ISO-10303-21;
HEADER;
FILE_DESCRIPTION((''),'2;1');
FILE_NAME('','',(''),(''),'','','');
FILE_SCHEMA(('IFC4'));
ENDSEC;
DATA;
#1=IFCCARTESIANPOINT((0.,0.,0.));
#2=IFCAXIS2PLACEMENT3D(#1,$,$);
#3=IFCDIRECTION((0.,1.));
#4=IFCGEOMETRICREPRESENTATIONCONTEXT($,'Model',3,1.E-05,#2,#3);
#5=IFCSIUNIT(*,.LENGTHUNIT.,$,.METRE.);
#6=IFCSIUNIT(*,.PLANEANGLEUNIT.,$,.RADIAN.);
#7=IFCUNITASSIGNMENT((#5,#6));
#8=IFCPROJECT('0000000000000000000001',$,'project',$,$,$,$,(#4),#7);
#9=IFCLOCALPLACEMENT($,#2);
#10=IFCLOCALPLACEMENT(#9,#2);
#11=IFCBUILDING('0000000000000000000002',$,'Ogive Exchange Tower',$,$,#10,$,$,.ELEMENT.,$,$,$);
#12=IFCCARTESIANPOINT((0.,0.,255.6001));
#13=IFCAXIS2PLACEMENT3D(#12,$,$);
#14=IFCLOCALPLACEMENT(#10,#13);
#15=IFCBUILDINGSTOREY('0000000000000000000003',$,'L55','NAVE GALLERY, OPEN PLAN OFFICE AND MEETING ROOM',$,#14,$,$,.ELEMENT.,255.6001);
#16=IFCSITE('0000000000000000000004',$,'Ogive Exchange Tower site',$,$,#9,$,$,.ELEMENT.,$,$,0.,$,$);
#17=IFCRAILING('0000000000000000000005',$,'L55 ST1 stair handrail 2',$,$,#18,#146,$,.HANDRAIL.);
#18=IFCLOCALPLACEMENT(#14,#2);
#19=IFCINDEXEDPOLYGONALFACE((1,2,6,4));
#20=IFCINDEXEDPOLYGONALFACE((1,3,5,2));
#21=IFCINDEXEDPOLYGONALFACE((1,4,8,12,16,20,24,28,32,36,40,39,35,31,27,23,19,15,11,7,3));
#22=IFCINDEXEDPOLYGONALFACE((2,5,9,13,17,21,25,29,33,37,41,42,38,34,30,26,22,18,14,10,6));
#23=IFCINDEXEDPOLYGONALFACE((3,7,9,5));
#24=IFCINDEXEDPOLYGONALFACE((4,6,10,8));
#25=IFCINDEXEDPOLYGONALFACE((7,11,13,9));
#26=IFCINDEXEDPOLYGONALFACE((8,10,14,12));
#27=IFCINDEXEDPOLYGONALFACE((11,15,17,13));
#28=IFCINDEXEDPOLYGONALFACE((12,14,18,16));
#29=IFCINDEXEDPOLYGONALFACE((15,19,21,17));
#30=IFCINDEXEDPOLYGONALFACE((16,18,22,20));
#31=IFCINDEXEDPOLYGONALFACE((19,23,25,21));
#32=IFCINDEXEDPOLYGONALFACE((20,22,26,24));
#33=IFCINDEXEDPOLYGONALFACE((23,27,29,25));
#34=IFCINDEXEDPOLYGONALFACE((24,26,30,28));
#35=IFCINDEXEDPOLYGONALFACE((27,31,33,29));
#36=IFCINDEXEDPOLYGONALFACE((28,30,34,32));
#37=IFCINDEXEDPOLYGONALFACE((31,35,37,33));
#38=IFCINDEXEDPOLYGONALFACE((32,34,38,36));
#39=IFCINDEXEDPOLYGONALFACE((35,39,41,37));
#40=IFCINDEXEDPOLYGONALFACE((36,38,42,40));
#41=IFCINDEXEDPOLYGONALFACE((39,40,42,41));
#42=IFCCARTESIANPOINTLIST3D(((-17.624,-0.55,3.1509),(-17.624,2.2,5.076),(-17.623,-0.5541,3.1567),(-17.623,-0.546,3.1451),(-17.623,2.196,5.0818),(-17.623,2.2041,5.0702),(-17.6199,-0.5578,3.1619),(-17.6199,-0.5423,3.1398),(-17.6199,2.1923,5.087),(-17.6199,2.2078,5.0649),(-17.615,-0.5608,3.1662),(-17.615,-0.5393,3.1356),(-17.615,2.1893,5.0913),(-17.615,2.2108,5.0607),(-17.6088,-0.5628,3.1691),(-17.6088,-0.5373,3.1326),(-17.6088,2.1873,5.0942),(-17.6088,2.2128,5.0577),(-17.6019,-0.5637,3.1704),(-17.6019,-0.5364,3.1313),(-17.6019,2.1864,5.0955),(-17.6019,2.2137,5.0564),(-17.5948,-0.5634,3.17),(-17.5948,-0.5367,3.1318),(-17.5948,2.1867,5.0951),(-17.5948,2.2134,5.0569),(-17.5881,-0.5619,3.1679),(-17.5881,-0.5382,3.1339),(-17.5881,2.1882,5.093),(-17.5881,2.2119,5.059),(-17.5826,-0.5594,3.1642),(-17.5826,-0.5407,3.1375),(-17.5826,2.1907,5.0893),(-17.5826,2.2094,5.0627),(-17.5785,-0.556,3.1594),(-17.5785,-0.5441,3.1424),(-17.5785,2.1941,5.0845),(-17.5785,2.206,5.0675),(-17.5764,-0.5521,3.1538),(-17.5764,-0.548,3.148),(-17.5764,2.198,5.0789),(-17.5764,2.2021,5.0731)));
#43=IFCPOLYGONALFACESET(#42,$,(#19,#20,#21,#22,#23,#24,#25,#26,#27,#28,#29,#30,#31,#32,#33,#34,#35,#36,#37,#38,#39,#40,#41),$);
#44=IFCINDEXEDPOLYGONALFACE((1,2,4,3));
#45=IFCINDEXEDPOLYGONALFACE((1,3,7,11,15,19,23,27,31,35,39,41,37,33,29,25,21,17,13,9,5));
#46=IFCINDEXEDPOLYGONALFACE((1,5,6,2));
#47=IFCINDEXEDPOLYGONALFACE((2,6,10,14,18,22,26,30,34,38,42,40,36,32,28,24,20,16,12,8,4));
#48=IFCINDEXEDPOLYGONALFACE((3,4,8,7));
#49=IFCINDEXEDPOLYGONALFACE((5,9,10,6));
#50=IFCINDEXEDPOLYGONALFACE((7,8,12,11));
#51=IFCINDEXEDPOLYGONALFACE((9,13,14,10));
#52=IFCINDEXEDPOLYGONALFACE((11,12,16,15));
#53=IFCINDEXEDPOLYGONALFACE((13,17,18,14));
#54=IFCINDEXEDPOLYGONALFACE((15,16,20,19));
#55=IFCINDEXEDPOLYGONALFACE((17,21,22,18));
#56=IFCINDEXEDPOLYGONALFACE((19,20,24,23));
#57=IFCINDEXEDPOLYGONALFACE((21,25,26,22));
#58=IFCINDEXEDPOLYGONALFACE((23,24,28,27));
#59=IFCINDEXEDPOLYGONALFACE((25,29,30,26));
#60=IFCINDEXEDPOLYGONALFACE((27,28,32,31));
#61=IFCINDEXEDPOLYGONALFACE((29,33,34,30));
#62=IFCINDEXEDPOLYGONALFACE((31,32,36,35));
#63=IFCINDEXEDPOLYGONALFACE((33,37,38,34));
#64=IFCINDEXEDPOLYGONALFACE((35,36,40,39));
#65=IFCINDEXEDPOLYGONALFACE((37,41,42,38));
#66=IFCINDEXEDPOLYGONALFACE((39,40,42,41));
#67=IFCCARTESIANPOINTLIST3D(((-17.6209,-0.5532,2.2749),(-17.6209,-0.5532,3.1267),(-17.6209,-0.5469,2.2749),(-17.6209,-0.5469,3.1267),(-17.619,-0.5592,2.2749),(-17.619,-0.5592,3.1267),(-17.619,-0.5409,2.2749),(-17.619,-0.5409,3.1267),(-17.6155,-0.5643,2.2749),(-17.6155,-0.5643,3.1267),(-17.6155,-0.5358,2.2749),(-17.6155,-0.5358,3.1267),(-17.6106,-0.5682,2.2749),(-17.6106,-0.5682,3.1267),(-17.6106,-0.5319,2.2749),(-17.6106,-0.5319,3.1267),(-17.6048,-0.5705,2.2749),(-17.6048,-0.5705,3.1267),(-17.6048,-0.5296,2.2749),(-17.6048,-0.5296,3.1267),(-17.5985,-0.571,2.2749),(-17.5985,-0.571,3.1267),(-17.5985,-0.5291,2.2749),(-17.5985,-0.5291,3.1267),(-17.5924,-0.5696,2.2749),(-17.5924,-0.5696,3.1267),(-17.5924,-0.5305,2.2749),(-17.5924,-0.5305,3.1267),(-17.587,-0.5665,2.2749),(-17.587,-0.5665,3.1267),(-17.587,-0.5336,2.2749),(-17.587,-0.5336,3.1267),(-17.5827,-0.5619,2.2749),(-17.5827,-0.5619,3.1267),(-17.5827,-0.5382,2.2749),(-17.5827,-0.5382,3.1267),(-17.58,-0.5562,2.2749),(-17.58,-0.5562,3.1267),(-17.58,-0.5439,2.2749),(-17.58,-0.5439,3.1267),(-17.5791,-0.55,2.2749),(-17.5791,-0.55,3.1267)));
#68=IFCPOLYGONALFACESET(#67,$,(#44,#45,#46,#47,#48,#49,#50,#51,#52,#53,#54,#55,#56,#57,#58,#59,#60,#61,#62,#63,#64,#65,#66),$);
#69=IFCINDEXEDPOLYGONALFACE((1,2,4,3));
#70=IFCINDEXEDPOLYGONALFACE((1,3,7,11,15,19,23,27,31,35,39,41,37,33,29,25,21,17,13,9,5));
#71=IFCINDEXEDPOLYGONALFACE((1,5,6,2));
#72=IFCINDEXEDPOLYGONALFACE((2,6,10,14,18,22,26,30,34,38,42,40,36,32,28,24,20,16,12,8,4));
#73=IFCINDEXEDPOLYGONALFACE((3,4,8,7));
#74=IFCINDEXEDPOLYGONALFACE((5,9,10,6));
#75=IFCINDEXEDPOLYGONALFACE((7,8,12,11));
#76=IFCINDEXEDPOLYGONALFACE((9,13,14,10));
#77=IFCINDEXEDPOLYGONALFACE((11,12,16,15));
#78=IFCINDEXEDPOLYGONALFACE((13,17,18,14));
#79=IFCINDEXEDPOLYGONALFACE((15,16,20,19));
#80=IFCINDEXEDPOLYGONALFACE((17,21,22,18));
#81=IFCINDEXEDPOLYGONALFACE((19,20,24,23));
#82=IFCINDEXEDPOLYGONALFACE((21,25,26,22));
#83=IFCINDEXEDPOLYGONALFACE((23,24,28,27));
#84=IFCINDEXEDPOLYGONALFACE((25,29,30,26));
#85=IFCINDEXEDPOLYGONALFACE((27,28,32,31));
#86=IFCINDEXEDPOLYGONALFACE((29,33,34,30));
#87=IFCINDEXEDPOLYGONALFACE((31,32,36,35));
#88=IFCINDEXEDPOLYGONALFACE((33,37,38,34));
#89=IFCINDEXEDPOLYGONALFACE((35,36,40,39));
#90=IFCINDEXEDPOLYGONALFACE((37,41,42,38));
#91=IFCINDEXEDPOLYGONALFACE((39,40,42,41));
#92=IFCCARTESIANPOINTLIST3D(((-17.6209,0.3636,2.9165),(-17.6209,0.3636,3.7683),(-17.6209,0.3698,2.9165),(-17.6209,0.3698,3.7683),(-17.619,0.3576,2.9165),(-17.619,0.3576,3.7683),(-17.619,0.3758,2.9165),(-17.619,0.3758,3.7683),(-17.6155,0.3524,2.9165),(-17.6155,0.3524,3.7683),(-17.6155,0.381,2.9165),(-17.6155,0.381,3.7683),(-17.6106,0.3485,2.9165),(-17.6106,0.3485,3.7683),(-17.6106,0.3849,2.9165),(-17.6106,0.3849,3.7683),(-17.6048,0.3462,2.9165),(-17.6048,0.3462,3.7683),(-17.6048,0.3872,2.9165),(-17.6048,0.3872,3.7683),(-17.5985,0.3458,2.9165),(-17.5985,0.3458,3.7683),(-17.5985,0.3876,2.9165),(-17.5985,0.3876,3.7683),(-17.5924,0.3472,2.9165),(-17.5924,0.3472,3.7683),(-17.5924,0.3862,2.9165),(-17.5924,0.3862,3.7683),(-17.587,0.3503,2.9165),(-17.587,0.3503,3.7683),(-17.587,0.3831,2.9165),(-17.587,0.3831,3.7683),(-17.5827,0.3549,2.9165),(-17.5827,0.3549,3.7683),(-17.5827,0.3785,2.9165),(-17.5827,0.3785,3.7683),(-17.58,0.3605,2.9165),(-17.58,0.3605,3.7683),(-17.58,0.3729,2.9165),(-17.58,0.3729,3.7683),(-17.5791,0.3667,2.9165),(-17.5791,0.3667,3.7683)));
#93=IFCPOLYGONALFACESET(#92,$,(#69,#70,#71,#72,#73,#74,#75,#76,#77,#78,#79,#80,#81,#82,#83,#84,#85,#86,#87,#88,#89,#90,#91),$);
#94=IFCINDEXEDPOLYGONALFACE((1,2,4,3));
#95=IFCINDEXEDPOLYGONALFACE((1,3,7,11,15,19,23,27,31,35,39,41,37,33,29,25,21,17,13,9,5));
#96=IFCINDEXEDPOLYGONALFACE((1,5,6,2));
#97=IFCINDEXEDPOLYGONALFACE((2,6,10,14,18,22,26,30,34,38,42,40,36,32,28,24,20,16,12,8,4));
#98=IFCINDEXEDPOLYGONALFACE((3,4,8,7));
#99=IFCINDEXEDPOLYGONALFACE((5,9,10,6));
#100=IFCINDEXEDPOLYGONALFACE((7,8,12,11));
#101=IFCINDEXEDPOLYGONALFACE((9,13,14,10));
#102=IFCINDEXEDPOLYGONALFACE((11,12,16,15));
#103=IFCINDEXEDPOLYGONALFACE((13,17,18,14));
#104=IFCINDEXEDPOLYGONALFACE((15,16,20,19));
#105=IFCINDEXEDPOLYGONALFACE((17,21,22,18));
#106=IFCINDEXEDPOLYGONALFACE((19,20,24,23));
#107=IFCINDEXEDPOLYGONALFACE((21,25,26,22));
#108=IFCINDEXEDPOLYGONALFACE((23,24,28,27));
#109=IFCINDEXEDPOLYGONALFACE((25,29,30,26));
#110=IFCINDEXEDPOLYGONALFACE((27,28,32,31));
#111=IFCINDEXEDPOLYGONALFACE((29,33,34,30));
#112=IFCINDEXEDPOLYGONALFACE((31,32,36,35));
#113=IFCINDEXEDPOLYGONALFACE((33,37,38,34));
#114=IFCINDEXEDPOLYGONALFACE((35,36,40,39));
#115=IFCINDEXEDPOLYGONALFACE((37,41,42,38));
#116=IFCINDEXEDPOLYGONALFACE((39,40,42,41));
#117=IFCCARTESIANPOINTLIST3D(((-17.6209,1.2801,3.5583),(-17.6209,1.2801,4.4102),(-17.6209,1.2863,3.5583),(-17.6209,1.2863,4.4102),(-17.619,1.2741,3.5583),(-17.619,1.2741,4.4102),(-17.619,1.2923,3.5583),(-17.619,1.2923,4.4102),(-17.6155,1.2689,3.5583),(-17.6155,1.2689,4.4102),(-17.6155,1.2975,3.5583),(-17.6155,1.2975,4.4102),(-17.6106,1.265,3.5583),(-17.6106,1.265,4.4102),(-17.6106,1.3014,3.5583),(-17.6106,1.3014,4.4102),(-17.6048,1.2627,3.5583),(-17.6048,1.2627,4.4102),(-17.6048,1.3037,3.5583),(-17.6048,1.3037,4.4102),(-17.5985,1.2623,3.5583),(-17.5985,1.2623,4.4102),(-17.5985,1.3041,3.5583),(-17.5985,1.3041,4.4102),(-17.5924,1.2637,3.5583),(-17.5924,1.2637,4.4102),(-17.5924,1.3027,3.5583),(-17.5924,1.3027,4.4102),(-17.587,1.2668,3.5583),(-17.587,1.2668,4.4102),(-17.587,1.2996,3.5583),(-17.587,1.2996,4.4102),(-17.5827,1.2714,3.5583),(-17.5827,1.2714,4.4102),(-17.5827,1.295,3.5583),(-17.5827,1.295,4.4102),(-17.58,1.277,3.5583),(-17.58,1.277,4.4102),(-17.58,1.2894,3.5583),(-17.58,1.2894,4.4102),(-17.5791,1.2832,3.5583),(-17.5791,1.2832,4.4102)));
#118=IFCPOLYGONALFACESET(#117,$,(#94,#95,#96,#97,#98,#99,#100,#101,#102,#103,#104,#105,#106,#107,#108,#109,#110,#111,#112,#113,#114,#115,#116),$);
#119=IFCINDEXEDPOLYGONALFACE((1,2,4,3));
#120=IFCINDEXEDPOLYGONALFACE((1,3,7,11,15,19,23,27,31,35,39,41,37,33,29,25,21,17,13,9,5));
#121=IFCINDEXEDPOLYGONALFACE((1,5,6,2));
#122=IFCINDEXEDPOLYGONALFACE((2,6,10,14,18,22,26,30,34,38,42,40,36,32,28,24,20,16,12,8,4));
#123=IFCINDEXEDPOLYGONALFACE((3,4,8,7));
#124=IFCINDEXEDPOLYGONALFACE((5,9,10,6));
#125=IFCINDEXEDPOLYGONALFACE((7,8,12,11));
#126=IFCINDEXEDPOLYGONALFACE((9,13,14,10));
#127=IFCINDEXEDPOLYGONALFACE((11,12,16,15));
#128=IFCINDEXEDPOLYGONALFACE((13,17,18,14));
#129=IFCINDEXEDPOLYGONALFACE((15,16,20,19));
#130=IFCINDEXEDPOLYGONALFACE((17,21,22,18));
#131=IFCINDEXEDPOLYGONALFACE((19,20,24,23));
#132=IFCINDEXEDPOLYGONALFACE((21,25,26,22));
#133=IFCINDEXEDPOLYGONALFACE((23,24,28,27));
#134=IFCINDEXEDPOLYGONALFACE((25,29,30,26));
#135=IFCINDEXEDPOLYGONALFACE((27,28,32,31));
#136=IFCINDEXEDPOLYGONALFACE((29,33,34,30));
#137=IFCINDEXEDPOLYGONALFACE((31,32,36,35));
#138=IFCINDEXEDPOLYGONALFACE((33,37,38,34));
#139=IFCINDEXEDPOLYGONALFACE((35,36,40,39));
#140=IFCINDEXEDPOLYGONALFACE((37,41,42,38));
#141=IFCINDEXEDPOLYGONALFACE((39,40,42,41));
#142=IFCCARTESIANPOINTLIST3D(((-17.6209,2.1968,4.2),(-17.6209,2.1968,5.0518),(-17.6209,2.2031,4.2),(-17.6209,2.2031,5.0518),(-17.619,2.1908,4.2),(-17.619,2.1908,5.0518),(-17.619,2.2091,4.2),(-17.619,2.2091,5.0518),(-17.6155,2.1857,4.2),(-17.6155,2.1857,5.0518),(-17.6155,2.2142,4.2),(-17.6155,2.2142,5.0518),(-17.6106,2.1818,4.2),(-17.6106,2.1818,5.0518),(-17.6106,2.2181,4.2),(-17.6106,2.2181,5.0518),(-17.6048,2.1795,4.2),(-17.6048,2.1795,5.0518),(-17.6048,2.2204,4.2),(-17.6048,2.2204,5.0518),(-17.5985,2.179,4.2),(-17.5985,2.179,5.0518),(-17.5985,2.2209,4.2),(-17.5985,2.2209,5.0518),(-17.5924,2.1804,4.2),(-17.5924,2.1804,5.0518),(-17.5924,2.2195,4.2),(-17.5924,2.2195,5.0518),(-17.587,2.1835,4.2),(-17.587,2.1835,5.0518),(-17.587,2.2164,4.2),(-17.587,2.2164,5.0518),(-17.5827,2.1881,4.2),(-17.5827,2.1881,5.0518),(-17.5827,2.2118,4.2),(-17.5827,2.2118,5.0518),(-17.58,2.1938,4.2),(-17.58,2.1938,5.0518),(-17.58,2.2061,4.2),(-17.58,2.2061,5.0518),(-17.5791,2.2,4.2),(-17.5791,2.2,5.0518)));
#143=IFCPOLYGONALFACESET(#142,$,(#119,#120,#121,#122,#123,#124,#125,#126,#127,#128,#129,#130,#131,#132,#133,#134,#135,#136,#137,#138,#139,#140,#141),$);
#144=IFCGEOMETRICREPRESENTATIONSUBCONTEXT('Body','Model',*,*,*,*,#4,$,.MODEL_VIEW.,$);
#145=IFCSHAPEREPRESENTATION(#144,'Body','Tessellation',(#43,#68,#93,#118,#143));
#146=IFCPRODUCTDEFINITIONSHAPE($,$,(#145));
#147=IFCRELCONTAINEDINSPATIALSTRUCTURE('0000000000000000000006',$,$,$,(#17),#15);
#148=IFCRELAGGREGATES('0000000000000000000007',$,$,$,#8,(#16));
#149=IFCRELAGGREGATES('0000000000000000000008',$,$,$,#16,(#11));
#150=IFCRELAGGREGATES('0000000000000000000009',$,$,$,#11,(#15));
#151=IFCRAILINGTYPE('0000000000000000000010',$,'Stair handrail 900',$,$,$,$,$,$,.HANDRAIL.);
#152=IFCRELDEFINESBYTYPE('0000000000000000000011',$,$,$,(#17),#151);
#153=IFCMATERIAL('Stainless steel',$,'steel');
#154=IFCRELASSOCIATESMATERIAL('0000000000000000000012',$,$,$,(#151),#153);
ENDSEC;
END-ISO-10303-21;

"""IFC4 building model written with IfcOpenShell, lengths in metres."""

from ifc_helpers import new_model, si_unit, direction, frame, origin, origin_2d, place, context, subcontext, project, spatial, circle, extrude, material, type_object, element, save


model = new_model("IFC4")

# Units and contexts
model_context = context("Model", 3, precision=1e-05, world=origin(), true_north=direction((0.0, 1.0)))
body_context = subcontext(model_context, "Body", "Model", "MODEL_VIEW")
ifc_project = project(units=[si_unit("LENGTHUNIT", "METRE"), si_unit("PLANEANGLEUNIT", "RADIAN")], contexts=[model_context])

# Site, building, storey
site_placement = place(None, origin())
site = spatial("IfcSite", under=ifc_project, at=site_placement, Name="Ogive Exchange Tower site", CompositionType="ELEMENT", RefElevation=0.0)
building_placement = place(site_placement, origin())
building = spatial("IfcBuilding", under=site, at=building_placement, Name="Ogive Exchange Tower", CompositionType="ELEMENT")
storey_placement = place(building_placement, frame((0.0, 0.0, 255.6001)))
storey = spatial("IfcBuildingStorey", under=building, at=storey_placement, Name="L55", Description="NAVE GALLERY, OPEN PLAN OFFICE AND MEETING ROOM", CompositionType="ELEMENT", Elevation=255.6001)

# Shared definitions
ifc_material_1 = material(Name="Stainless steel", Category="steel")

# Railing
railing_type = type_object("IfcRailingType", Name="Stair handrail 900", PredefinedType="HANDRAIL", material=ifc_material_1)
railing_placement = place(storey_placement, frame((-17.6001, -0.55, 2.2749)))
element("IfcRailing", 1, at=railing_placement, inside=storey, type_object=railing_type, Name="L55 ST1 stair handrail 2", PredefinedType="HANDRAIL", context=body_context, shape_type="SweptSolid", body=[
    extrude(circle(Radius=0.0239, at=origin_2d()), frame((0.0, 0.0, 0.876), z_axis=(0.0, 0.819225, 0.573472), x_axis=(-1.0, 0.0, 0.0)), (0.0, 0.0, 1.0), 3.3569),
    extrude(circle(Radius=0.021, at=origin_2d()), origin(), (0.0, 0.0, 1.0), 0.8518),
    extrude(circle(Radius=0.021, at=origin_2d()), frame((0.0, 0.9167, 0.6416)), (0.0, 0.0, 1.0), 0.8518),
    extrude(circle(Radius=0.021, at=origin_2d()), frame((0.0, 1.8333, 1.2834)), (0.0, 0.0, 1.0), 0.8518),
    extrude(circle(Radius=0.021, at=origin_2d()), frame((0.0, 2.75, 1.925)), (0.0, 0.0, 1.0), 0.8518),
])

save(model, "model.ifc")
